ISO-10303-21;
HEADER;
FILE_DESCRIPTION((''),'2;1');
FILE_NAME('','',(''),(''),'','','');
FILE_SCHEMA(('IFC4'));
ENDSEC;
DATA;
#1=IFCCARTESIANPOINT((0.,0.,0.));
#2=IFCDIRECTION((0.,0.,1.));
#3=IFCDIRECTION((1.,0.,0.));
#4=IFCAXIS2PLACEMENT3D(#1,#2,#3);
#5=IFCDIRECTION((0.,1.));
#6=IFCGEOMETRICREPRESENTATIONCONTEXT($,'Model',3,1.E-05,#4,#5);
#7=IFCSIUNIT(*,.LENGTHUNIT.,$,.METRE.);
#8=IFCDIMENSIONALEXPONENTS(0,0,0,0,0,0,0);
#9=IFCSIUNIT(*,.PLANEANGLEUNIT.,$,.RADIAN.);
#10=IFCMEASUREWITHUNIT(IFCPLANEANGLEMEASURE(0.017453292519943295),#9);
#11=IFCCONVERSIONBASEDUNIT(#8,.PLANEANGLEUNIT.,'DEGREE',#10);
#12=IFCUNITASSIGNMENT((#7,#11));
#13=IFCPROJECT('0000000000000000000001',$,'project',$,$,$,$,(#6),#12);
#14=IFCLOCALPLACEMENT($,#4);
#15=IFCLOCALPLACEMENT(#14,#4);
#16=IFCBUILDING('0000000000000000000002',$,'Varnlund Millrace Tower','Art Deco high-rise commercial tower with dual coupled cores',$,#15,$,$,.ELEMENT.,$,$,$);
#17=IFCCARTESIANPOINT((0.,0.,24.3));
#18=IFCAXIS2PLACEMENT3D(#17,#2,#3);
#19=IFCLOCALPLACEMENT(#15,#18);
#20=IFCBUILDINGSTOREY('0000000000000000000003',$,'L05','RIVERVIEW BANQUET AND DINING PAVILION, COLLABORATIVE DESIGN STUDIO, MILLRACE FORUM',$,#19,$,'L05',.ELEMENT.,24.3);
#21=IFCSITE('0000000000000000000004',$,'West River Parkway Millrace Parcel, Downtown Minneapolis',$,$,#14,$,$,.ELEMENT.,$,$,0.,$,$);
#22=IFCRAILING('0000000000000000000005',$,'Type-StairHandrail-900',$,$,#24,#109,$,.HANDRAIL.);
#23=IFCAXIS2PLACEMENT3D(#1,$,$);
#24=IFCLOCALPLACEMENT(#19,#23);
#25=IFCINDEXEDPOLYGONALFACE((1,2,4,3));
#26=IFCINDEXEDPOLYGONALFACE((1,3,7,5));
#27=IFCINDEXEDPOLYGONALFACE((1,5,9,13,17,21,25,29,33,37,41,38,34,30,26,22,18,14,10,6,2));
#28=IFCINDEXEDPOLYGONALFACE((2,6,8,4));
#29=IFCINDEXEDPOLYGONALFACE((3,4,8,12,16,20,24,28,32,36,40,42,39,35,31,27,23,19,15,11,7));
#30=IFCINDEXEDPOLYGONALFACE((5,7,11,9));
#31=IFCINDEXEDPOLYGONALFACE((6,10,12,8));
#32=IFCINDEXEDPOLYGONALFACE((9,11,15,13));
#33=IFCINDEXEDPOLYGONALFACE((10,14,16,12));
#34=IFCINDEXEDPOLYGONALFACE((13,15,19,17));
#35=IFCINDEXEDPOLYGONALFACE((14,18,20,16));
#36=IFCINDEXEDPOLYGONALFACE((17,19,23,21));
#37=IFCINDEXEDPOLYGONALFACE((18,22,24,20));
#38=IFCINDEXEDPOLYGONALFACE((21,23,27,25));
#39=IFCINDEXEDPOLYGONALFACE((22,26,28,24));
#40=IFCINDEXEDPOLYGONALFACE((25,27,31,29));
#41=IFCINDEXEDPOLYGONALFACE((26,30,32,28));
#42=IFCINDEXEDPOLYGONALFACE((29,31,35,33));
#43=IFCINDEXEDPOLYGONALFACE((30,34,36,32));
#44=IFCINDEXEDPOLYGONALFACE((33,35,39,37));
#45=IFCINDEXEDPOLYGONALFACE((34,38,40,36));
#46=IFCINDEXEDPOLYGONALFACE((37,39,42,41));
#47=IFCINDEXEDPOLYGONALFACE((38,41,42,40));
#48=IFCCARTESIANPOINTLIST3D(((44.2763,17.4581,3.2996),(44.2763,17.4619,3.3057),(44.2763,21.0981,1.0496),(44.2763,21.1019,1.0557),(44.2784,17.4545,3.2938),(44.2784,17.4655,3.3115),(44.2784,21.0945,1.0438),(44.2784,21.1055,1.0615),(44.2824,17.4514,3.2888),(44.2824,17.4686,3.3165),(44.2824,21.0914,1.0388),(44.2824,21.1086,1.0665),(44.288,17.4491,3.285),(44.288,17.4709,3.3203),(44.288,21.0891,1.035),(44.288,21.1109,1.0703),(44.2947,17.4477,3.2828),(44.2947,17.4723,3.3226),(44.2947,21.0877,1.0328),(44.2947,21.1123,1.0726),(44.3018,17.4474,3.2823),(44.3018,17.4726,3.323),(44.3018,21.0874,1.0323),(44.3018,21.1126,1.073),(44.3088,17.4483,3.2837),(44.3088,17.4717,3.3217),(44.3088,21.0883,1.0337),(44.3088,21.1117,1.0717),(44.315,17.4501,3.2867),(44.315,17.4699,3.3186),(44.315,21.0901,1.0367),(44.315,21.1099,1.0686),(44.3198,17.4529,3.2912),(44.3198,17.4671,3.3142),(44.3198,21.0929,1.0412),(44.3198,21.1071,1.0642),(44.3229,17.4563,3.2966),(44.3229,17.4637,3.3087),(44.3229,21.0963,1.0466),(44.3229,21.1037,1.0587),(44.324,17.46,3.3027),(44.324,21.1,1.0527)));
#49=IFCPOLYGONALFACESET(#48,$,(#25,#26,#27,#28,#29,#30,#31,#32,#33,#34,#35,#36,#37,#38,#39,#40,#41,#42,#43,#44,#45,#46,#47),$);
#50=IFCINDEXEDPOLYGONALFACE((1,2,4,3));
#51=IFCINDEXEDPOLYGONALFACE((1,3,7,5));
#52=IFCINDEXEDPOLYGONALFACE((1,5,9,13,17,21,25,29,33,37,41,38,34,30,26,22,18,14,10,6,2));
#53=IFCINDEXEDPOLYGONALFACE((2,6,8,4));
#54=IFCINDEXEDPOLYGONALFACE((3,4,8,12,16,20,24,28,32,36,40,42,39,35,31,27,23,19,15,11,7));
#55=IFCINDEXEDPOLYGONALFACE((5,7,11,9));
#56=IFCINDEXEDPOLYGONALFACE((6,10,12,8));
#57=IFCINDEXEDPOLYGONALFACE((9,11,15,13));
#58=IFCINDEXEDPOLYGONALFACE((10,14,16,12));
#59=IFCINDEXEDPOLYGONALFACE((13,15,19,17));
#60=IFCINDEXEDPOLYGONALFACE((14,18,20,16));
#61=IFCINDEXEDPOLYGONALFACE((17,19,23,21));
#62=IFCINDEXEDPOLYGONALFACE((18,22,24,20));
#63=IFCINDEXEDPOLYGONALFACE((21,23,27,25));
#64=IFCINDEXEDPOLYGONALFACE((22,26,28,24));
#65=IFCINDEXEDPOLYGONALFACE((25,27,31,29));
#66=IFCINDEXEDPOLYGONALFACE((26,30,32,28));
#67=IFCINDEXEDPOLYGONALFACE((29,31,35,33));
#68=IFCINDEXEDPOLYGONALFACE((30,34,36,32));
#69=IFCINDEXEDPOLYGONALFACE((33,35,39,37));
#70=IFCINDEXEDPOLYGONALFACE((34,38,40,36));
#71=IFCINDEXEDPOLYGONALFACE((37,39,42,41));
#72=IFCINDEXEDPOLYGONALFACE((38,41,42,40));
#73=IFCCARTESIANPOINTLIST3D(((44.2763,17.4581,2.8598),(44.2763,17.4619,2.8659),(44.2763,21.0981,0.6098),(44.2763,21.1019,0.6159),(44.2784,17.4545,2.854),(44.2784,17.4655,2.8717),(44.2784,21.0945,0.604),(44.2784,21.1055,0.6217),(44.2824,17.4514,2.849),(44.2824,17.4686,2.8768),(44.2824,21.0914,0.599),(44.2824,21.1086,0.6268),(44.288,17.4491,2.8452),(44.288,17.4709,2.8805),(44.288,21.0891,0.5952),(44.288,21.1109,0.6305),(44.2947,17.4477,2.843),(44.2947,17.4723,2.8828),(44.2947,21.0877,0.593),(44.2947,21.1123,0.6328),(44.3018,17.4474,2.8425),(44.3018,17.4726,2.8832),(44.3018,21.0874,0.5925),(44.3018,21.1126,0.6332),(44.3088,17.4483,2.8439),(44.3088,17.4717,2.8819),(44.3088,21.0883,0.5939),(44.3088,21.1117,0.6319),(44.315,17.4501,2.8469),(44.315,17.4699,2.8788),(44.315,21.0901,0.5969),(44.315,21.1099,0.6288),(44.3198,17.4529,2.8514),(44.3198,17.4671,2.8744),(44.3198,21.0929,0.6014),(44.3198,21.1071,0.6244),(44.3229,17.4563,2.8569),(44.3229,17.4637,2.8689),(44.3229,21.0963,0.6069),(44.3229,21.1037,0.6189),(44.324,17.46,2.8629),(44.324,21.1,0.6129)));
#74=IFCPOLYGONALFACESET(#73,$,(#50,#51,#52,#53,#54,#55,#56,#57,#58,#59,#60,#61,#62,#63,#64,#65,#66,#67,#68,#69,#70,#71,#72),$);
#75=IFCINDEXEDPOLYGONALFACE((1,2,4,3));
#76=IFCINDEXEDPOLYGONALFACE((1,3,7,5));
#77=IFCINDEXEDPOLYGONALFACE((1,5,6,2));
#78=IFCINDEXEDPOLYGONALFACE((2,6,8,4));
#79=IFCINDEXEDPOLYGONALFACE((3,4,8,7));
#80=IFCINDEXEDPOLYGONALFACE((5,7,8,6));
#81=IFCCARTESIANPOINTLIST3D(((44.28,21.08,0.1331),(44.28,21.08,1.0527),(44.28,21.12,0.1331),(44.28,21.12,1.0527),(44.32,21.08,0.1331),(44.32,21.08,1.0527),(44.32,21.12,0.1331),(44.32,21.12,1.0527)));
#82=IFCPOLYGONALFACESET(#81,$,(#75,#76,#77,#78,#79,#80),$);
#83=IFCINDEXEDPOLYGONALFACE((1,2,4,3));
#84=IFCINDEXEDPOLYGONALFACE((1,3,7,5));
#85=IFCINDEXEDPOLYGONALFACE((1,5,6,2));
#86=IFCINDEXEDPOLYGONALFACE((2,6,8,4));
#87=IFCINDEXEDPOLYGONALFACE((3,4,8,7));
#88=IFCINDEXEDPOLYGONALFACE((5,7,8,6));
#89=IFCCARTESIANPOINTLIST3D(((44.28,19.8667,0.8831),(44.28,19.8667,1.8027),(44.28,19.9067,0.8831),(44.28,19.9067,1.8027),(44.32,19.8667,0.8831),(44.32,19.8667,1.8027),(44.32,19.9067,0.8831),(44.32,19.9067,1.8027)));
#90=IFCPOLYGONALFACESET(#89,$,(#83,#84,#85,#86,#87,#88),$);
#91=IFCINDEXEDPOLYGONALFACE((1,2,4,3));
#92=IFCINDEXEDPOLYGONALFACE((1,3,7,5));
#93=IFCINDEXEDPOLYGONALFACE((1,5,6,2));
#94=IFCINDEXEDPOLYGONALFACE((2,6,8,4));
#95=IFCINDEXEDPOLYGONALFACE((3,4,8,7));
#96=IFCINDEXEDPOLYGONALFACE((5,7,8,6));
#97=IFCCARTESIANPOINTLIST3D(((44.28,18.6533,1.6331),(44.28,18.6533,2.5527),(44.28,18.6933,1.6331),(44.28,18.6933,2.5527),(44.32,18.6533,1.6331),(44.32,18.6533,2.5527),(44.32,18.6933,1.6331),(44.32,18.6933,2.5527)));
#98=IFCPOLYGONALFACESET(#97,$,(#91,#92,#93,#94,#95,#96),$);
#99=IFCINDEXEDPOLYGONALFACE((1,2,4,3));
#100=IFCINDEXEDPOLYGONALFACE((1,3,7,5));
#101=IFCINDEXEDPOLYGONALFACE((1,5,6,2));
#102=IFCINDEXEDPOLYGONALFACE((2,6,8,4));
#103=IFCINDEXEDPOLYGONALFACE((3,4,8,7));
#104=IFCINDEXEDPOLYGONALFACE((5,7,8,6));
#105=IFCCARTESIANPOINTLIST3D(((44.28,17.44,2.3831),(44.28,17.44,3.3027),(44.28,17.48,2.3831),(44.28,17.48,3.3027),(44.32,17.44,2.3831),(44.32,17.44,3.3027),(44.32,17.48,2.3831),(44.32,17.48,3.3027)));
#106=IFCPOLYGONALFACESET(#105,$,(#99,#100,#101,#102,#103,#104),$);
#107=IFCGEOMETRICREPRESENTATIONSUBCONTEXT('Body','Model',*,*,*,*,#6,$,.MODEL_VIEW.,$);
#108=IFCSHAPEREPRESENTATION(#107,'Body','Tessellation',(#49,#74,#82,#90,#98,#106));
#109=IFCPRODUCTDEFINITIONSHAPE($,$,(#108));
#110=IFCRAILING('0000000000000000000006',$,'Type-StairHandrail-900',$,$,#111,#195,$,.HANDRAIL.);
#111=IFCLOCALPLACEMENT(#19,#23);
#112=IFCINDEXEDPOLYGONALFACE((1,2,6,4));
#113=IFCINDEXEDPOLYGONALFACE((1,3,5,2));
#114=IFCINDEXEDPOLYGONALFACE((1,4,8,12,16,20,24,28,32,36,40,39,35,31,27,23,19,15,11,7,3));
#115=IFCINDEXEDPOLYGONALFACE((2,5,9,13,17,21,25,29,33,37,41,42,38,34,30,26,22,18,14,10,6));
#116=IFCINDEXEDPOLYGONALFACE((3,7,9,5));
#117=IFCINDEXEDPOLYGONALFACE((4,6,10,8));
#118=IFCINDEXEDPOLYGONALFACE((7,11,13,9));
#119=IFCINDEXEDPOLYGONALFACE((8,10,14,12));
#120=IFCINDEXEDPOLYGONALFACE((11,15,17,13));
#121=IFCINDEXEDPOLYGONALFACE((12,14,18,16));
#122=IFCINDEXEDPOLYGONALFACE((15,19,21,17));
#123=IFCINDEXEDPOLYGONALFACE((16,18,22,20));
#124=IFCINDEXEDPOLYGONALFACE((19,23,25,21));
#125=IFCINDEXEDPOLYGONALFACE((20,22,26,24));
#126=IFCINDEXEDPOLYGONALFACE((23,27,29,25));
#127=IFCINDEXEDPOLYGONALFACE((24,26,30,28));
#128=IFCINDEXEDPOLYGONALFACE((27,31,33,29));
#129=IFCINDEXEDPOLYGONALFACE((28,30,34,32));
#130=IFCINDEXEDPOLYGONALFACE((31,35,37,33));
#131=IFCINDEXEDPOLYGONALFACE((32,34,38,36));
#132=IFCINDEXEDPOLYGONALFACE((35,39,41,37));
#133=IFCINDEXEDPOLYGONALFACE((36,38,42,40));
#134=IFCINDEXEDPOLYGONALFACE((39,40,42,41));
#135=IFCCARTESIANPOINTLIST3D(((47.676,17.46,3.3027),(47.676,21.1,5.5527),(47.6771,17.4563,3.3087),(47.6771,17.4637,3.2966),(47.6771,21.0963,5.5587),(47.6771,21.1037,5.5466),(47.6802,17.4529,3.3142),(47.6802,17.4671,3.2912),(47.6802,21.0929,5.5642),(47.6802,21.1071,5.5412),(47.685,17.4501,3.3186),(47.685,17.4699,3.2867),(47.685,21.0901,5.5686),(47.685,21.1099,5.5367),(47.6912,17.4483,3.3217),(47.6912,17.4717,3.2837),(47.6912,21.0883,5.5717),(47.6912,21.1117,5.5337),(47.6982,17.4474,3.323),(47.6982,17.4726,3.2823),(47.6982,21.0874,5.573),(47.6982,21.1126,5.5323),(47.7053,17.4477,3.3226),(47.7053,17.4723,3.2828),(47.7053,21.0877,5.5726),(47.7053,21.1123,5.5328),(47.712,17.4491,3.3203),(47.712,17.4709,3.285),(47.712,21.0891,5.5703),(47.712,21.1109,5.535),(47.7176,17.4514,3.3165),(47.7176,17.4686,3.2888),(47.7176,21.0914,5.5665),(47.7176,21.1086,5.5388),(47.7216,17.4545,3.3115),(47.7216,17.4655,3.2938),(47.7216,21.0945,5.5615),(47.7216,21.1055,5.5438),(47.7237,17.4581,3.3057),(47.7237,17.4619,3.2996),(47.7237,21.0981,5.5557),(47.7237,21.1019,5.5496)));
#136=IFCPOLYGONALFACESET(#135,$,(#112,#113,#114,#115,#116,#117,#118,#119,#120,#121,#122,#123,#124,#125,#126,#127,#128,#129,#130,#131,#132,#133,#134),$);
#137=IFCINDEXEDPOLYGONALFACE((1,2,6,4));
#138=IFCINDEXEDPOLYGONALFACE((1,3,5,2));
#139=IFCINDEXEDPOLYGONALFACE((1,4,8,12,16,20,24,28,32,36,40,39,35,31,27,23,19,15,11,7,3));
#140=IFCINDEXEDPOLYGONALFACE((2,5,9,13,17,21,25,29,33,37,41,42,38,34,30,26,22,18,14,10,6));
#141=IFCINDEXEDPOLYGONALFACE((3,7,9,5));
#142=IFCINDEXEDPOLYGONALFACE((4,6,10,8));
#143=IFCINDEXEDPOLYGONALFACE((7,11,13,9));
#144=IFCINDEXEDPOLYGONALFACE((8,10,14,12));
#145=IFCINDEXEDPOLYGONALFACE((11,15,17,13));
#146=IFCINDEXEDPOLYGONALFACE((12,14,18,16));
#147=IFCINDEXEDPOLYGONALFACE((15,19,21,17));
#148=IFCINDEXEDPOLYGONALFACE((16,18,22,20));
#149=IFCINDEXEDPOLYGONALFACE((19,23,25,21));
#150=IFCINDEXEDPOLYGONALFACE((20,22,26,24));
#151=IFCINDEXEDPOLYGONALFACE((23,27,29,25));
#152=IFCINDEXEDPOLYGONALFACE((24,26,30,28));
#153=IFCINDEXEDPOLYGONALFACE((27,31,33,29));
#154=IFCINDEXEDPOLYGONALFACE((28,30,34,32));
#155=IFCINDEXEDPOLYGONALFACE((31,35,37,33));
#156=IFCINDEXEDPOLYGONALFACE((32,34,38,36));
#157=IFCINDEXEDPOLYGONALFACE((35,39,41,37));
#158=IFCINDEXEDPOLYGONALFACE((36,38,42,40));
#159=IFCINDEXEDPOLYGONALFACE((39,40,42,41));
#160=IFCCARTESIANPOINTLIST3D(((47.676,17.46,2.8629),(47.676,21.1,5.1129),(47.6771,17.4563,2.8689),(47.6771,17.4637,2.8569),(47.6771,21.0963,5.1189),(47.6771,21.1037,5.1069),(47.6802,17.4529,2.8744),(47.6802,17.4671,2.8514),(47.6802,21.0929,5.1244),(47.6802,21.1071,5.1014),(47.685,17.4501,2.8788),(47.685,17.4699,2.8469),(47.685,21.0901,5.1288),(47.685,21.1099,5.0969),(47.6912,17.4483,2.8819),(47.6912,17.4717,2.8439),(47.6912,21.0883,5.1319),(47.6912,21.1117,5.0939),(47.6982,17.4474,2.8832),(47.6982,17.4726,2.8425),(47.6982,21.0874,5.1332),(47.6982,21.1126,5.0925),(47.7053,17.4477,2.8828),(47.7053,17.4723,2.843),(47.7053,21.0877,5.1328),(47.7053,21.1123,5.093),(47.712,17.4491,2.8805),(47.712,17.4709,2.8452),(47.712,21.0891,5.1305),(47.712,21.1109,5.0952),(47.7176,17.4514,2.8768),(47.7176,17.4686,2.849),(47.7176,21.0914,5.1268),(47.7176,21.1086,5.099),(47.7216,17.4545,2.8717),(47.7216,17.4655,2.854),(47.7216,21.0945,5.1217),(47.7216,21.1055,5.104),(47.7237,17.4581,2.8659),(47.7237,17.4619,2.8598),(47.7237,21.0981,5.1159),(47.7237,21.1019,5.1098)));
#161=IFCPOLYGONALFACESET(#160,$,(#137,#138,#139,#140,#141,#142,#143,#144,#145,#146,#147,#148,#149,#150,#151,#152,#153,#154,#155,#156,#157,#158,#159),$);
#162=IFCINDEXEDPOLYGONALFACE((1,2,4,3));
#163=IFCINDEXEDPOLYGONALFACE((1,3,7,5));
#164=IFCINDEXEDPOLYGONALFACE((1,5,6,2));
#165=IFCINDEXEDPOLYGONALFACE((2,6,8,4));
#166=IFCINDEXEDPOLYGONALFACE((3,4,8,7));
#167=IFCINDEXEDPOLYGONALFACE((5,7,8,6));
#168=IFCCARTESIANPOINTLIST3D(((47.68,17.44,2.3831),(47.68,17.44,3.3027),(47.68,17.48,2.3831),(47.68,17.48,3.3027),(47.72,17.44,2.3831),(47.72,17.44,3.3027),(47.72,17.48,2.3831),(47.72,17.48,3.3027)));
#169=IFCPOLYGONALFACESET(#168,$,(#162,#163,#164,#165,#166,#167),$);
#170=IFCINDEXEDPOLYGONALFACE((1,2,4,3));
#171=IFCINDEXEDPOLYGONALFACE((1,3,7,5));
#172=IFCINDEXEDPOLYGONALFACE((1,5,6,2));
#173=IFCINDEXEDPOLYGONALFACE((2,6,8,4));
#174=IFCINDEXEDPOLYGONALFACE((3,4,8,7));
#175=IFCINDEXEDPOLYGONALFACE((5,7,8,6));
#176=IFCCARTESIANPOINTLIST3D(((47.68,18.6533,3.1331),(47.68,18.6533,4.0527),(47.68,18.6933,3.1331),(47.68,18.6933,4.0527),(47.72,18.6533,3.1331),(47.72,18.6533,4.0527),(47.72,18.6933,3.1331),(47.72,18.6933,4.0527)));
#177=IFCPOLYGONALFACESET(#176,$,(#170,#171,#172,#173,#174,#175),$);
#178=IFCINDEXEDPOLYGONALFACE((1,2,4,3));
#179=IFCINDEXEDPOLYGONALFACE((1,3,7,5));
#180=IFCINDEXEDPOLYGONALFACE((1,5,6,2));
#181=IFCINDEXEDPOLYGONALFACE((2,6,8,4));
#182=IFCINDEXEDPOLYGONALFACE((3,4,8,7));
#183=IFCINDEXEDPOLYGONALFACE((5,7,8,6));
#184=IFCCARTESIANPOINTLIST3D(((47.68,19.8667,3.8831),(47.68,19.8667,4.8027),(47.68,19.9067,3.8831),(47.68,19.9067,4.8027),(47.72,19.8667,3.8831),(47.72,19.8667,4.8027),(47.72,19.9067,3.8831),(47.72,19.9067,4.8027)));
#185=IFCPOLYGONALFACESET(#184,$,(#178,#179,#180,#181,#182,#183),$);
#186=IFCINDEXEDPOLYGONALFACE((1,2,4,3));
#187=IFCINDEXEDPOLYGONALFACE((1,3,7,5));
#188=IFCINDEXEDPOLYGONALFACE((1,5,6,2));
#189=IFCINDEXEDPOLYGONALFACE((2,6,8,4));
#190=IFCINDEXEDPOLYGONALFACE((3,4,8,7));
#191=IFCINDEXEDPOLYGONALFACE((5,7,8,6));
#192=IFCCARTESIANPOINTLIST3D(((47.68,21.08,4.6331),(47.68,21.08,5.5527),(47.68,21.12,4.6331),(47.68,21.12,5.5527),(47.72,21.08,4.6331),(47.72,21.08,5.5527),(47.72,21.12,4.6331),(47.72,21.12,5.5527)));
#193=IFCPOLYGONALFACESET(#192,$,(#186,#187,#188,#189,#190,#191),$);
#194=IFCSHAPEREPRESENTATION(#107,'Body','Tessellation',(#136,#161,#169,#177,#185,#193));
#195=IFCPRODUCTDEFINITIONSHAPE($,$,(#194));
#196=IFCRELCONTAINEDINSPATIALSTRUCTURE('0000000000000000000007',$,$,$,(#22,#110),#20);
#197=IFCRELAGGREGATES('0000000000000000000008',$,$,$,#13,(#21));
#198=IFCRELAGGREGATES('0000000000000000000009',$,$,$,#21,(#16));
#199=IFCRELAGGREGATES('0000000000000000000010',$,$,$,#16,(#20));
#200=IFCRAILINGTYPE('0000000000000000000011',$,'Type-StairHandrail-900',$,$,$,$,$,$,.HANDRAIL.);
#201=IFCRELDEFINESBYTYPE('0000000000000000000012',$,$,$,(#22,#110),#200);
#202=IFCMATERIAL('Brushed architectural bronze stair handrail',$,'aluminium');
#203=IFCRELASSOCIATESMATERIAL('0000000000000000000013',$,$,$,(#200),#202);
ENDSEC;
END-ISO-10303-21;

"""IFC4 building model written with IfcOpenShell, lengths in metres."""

from ifc_helpers import new_model, entity, si_unit, converted_unit, direction, frame, origin_with_axes, origin_2d_with_axis, place, context, subcontext, project, spatial, rectangle, circle, extrude, material, type_object, element, save


model = new_model("IFC4")

# Units and contexts
model_context = context("Model", 3, precision=1e-05, world=origin_with_axes(), true_north=direction((0.0, 1.0)))
body_context = subcontext(model_context, "Body", "Model", "MODEL_VIEW")
ifc_project = project(units=[si_unit("LENGTHUNIT", "METRE"), converted_unit("PLANEANGLEUNIT", "DEGREE", entity("IfcPlaneAngleMeasure", 0.017453292519943295), si_unit("PLANEANGLEUNIT", "RADIAN"), dimensions=[0, 0, 0, 0, 0, 0, 0])], contexts=[model_context])

# Site, building, storey
site_placement = place(None, origin_with_axes())
site = spatial("IfcSite", under=ifc_project, at=site_placement, Name="West River Parkway Millrace Parcel, Downtown Minneapolis", CompositionType="ELEMENT", RefElevation=0.0)
building_placement = place(site_placement, origin_with_axes())
building = spatial("IfcBuilding", under=site, at=building_placement, Name="Varnlund Millrace Tower", Description="Art Deco high-rise commercial tower with dual coupled cores", CompositionType="ELEMENT")
storey_placement = place(building_placement, frame((0.0, 0.0, 24.3), z_axis=(0.0, 0.0, 1.0), x_axis=(1.0, 0.0, 0.0)))
storey = spatial("IfcBuildingStorey", under=building, at=storey_placement, Name="L05", Description="RIVERVIEW BANQUET AND DINING PAVILION, COLLABORATIVE DESIGN STUDIO, MILLRACE FORUM", LongName="L05", CompositionType="ELEMENT", Elevation=24.3)

# Railings
ifc_material_1 = material(Name="Brushed architectural bronze stair handrail", Category="aluminium")
railing_type_1 = type_object("IfcRailingType", Name="Type-StairHandrail-900", PredefinedType="HANDRAIL", material=ifc_material_1)
railing_1_placement = place(storey_placement, frame((0.0, 0.0, -24.3), z_axis=(0.0, 0.0, 1.0), x_axis=(1.0, 0.0, 0.0)))
element("IfcRailing", 1, at=railing_1_placement, inside=storey, type_object=railing_type_1, Name="Type-StairHandrail-900", PredefinedType="HANDRAIL", context=body_context, shape_type="SweptSolid", body=[
    extrude(circle(Radius=0.024, at=origin_2d_with_axis()), frame((44.3, 21.1, 25.3527), z_axis=(0.0, -0.850614, 0.525791), x_axis=(1.0, 0.0, 0.0)), (0.0, 0.0, 1.0), 4.2793),
    extrude(circle(Radius=0.024, at=origin_2d_with_axis()), frame((44.3, 21.1, 24.9129), z_axis=(0.0, -0.850614, 0.525791), x_axis=(1.0, 0.0, 0.0)), (0.0, 0.0, 1.0), 4.2793),
    extrude(rectangle(XDim=0.04, YDim=0.04, at=origin_2d_with_axis()), frame((44.3, 21.1, 24.4331), z_axis=(0.0, 0.0, 1.0), x_axis=(1.0, 0.0, 0.0)), (0.0, 0.0, 1.0), 0.9196),
    extrude(rectangle(XDim=0.04, YDim=0.04, at=origin_2d_with_axis()), frame((44.3, 19.8867, 25.1831), z_axis=(0.0, 0.0, 1.0), x_axis=(1.0, 0.0, 0.0)), (0.0, 0.0, 1.0), 0.9196),
    extrude(rectangle(XDim=0.04, YDim=0.04, at=origin_2d_with_axis()), frame((44.3, 18.6733, 25.9331), z_axis=(0.0, 0.0, 1.0), x_axis=(1.0, 0.0, 0.0)), (0.0, 0.0, 1.0), 0.9196),
    extrude(rectangle(XDim=0.04, YDim=0.04, at=origin_2d_with_axis()), frame((44.3, 17.46, 26.6831), z_axis=(0.0, 0.0, 1.0), x_axis=(1.0, 0.0, 0.0)), (0.0, 0.0, 1.0), 0.9196),
])
railing_2_placement = place(storey_placement, frame((0.0, 0.0, -24.3), z_axis=(0.0, 0.0, 1.0), x_axis=(1.0, 0.0, 0.0)))
element("IfcRailing", 2, at=railing_2_placement, inside=storey, type_object=railing_type_1, Name="Type-StairHandrail-900", PredefinedType="HANDRAIL", context=body_context, shape_type="SweptSolid", body=[
    extrude(circle(Radius=0.024, at=origin_2d_with_axis()), frame((47.7, 17.46, 27.6027), z_axis=(0.0, 0.850614, 0.525791), x_axis=(-1.0, 0.0, 0.0)), (0.0, 0.0, 1.0), 4.2793),
    extrude(circle(Radius=0.024, at=origin_2d_with_axis()), frame((47.7, 17.46, 27.1629), z_axis=(0.0, 0.850614, 0.525791), x_axis=(-1.0, 0.0, 0.0)), (0.0, 0.0, 1.0), 4.2793),
    extrude(rectangle(XDim=0.04, YDim=0.04, at=origin_2d_with_axis()), frame((47.7, 17.46, 26.6831), z_axis=(0.0, 0.0, 1.0), x_axis=(1.0, 0.0, 0.0)), (0.0, 0.0, 1.0), 0.9196),
    extrude(rectangle(XDim=0.04, YDim=0.04, at=origin_2d_with_axis()), frame((47.7, 18.6733, 27.4331), z_axis=(0.0, 0.0, 1.0), x_axis=(1.0, 0.0, 0.0)), (0.0, 0.0, 1.0), 0.9196),
    extrude(rectangle(XDim=0.04, YDim=0.04, at=origin_2d_with_axis()), frame((47.7, 19.8867, 28.1831), z_axis=(0.0, 0.0, 1.0), x_axis=(1.0, 0.0, 0.0)), (0.0, 0.0, 1.0), 0.9196),
    extrude(rectangle(XDim=0.04, YDim=0.04, at=origin_2d_with_axis()), frame((47.7, 21.1, 28.9331), z_axis=(0.0, 0.0, 1.0), x_axis=(1.0, 0.0, 0.0)), (0.0, 0.0, 1.0), 0.9196),
])

save(model, "model.ifc")
